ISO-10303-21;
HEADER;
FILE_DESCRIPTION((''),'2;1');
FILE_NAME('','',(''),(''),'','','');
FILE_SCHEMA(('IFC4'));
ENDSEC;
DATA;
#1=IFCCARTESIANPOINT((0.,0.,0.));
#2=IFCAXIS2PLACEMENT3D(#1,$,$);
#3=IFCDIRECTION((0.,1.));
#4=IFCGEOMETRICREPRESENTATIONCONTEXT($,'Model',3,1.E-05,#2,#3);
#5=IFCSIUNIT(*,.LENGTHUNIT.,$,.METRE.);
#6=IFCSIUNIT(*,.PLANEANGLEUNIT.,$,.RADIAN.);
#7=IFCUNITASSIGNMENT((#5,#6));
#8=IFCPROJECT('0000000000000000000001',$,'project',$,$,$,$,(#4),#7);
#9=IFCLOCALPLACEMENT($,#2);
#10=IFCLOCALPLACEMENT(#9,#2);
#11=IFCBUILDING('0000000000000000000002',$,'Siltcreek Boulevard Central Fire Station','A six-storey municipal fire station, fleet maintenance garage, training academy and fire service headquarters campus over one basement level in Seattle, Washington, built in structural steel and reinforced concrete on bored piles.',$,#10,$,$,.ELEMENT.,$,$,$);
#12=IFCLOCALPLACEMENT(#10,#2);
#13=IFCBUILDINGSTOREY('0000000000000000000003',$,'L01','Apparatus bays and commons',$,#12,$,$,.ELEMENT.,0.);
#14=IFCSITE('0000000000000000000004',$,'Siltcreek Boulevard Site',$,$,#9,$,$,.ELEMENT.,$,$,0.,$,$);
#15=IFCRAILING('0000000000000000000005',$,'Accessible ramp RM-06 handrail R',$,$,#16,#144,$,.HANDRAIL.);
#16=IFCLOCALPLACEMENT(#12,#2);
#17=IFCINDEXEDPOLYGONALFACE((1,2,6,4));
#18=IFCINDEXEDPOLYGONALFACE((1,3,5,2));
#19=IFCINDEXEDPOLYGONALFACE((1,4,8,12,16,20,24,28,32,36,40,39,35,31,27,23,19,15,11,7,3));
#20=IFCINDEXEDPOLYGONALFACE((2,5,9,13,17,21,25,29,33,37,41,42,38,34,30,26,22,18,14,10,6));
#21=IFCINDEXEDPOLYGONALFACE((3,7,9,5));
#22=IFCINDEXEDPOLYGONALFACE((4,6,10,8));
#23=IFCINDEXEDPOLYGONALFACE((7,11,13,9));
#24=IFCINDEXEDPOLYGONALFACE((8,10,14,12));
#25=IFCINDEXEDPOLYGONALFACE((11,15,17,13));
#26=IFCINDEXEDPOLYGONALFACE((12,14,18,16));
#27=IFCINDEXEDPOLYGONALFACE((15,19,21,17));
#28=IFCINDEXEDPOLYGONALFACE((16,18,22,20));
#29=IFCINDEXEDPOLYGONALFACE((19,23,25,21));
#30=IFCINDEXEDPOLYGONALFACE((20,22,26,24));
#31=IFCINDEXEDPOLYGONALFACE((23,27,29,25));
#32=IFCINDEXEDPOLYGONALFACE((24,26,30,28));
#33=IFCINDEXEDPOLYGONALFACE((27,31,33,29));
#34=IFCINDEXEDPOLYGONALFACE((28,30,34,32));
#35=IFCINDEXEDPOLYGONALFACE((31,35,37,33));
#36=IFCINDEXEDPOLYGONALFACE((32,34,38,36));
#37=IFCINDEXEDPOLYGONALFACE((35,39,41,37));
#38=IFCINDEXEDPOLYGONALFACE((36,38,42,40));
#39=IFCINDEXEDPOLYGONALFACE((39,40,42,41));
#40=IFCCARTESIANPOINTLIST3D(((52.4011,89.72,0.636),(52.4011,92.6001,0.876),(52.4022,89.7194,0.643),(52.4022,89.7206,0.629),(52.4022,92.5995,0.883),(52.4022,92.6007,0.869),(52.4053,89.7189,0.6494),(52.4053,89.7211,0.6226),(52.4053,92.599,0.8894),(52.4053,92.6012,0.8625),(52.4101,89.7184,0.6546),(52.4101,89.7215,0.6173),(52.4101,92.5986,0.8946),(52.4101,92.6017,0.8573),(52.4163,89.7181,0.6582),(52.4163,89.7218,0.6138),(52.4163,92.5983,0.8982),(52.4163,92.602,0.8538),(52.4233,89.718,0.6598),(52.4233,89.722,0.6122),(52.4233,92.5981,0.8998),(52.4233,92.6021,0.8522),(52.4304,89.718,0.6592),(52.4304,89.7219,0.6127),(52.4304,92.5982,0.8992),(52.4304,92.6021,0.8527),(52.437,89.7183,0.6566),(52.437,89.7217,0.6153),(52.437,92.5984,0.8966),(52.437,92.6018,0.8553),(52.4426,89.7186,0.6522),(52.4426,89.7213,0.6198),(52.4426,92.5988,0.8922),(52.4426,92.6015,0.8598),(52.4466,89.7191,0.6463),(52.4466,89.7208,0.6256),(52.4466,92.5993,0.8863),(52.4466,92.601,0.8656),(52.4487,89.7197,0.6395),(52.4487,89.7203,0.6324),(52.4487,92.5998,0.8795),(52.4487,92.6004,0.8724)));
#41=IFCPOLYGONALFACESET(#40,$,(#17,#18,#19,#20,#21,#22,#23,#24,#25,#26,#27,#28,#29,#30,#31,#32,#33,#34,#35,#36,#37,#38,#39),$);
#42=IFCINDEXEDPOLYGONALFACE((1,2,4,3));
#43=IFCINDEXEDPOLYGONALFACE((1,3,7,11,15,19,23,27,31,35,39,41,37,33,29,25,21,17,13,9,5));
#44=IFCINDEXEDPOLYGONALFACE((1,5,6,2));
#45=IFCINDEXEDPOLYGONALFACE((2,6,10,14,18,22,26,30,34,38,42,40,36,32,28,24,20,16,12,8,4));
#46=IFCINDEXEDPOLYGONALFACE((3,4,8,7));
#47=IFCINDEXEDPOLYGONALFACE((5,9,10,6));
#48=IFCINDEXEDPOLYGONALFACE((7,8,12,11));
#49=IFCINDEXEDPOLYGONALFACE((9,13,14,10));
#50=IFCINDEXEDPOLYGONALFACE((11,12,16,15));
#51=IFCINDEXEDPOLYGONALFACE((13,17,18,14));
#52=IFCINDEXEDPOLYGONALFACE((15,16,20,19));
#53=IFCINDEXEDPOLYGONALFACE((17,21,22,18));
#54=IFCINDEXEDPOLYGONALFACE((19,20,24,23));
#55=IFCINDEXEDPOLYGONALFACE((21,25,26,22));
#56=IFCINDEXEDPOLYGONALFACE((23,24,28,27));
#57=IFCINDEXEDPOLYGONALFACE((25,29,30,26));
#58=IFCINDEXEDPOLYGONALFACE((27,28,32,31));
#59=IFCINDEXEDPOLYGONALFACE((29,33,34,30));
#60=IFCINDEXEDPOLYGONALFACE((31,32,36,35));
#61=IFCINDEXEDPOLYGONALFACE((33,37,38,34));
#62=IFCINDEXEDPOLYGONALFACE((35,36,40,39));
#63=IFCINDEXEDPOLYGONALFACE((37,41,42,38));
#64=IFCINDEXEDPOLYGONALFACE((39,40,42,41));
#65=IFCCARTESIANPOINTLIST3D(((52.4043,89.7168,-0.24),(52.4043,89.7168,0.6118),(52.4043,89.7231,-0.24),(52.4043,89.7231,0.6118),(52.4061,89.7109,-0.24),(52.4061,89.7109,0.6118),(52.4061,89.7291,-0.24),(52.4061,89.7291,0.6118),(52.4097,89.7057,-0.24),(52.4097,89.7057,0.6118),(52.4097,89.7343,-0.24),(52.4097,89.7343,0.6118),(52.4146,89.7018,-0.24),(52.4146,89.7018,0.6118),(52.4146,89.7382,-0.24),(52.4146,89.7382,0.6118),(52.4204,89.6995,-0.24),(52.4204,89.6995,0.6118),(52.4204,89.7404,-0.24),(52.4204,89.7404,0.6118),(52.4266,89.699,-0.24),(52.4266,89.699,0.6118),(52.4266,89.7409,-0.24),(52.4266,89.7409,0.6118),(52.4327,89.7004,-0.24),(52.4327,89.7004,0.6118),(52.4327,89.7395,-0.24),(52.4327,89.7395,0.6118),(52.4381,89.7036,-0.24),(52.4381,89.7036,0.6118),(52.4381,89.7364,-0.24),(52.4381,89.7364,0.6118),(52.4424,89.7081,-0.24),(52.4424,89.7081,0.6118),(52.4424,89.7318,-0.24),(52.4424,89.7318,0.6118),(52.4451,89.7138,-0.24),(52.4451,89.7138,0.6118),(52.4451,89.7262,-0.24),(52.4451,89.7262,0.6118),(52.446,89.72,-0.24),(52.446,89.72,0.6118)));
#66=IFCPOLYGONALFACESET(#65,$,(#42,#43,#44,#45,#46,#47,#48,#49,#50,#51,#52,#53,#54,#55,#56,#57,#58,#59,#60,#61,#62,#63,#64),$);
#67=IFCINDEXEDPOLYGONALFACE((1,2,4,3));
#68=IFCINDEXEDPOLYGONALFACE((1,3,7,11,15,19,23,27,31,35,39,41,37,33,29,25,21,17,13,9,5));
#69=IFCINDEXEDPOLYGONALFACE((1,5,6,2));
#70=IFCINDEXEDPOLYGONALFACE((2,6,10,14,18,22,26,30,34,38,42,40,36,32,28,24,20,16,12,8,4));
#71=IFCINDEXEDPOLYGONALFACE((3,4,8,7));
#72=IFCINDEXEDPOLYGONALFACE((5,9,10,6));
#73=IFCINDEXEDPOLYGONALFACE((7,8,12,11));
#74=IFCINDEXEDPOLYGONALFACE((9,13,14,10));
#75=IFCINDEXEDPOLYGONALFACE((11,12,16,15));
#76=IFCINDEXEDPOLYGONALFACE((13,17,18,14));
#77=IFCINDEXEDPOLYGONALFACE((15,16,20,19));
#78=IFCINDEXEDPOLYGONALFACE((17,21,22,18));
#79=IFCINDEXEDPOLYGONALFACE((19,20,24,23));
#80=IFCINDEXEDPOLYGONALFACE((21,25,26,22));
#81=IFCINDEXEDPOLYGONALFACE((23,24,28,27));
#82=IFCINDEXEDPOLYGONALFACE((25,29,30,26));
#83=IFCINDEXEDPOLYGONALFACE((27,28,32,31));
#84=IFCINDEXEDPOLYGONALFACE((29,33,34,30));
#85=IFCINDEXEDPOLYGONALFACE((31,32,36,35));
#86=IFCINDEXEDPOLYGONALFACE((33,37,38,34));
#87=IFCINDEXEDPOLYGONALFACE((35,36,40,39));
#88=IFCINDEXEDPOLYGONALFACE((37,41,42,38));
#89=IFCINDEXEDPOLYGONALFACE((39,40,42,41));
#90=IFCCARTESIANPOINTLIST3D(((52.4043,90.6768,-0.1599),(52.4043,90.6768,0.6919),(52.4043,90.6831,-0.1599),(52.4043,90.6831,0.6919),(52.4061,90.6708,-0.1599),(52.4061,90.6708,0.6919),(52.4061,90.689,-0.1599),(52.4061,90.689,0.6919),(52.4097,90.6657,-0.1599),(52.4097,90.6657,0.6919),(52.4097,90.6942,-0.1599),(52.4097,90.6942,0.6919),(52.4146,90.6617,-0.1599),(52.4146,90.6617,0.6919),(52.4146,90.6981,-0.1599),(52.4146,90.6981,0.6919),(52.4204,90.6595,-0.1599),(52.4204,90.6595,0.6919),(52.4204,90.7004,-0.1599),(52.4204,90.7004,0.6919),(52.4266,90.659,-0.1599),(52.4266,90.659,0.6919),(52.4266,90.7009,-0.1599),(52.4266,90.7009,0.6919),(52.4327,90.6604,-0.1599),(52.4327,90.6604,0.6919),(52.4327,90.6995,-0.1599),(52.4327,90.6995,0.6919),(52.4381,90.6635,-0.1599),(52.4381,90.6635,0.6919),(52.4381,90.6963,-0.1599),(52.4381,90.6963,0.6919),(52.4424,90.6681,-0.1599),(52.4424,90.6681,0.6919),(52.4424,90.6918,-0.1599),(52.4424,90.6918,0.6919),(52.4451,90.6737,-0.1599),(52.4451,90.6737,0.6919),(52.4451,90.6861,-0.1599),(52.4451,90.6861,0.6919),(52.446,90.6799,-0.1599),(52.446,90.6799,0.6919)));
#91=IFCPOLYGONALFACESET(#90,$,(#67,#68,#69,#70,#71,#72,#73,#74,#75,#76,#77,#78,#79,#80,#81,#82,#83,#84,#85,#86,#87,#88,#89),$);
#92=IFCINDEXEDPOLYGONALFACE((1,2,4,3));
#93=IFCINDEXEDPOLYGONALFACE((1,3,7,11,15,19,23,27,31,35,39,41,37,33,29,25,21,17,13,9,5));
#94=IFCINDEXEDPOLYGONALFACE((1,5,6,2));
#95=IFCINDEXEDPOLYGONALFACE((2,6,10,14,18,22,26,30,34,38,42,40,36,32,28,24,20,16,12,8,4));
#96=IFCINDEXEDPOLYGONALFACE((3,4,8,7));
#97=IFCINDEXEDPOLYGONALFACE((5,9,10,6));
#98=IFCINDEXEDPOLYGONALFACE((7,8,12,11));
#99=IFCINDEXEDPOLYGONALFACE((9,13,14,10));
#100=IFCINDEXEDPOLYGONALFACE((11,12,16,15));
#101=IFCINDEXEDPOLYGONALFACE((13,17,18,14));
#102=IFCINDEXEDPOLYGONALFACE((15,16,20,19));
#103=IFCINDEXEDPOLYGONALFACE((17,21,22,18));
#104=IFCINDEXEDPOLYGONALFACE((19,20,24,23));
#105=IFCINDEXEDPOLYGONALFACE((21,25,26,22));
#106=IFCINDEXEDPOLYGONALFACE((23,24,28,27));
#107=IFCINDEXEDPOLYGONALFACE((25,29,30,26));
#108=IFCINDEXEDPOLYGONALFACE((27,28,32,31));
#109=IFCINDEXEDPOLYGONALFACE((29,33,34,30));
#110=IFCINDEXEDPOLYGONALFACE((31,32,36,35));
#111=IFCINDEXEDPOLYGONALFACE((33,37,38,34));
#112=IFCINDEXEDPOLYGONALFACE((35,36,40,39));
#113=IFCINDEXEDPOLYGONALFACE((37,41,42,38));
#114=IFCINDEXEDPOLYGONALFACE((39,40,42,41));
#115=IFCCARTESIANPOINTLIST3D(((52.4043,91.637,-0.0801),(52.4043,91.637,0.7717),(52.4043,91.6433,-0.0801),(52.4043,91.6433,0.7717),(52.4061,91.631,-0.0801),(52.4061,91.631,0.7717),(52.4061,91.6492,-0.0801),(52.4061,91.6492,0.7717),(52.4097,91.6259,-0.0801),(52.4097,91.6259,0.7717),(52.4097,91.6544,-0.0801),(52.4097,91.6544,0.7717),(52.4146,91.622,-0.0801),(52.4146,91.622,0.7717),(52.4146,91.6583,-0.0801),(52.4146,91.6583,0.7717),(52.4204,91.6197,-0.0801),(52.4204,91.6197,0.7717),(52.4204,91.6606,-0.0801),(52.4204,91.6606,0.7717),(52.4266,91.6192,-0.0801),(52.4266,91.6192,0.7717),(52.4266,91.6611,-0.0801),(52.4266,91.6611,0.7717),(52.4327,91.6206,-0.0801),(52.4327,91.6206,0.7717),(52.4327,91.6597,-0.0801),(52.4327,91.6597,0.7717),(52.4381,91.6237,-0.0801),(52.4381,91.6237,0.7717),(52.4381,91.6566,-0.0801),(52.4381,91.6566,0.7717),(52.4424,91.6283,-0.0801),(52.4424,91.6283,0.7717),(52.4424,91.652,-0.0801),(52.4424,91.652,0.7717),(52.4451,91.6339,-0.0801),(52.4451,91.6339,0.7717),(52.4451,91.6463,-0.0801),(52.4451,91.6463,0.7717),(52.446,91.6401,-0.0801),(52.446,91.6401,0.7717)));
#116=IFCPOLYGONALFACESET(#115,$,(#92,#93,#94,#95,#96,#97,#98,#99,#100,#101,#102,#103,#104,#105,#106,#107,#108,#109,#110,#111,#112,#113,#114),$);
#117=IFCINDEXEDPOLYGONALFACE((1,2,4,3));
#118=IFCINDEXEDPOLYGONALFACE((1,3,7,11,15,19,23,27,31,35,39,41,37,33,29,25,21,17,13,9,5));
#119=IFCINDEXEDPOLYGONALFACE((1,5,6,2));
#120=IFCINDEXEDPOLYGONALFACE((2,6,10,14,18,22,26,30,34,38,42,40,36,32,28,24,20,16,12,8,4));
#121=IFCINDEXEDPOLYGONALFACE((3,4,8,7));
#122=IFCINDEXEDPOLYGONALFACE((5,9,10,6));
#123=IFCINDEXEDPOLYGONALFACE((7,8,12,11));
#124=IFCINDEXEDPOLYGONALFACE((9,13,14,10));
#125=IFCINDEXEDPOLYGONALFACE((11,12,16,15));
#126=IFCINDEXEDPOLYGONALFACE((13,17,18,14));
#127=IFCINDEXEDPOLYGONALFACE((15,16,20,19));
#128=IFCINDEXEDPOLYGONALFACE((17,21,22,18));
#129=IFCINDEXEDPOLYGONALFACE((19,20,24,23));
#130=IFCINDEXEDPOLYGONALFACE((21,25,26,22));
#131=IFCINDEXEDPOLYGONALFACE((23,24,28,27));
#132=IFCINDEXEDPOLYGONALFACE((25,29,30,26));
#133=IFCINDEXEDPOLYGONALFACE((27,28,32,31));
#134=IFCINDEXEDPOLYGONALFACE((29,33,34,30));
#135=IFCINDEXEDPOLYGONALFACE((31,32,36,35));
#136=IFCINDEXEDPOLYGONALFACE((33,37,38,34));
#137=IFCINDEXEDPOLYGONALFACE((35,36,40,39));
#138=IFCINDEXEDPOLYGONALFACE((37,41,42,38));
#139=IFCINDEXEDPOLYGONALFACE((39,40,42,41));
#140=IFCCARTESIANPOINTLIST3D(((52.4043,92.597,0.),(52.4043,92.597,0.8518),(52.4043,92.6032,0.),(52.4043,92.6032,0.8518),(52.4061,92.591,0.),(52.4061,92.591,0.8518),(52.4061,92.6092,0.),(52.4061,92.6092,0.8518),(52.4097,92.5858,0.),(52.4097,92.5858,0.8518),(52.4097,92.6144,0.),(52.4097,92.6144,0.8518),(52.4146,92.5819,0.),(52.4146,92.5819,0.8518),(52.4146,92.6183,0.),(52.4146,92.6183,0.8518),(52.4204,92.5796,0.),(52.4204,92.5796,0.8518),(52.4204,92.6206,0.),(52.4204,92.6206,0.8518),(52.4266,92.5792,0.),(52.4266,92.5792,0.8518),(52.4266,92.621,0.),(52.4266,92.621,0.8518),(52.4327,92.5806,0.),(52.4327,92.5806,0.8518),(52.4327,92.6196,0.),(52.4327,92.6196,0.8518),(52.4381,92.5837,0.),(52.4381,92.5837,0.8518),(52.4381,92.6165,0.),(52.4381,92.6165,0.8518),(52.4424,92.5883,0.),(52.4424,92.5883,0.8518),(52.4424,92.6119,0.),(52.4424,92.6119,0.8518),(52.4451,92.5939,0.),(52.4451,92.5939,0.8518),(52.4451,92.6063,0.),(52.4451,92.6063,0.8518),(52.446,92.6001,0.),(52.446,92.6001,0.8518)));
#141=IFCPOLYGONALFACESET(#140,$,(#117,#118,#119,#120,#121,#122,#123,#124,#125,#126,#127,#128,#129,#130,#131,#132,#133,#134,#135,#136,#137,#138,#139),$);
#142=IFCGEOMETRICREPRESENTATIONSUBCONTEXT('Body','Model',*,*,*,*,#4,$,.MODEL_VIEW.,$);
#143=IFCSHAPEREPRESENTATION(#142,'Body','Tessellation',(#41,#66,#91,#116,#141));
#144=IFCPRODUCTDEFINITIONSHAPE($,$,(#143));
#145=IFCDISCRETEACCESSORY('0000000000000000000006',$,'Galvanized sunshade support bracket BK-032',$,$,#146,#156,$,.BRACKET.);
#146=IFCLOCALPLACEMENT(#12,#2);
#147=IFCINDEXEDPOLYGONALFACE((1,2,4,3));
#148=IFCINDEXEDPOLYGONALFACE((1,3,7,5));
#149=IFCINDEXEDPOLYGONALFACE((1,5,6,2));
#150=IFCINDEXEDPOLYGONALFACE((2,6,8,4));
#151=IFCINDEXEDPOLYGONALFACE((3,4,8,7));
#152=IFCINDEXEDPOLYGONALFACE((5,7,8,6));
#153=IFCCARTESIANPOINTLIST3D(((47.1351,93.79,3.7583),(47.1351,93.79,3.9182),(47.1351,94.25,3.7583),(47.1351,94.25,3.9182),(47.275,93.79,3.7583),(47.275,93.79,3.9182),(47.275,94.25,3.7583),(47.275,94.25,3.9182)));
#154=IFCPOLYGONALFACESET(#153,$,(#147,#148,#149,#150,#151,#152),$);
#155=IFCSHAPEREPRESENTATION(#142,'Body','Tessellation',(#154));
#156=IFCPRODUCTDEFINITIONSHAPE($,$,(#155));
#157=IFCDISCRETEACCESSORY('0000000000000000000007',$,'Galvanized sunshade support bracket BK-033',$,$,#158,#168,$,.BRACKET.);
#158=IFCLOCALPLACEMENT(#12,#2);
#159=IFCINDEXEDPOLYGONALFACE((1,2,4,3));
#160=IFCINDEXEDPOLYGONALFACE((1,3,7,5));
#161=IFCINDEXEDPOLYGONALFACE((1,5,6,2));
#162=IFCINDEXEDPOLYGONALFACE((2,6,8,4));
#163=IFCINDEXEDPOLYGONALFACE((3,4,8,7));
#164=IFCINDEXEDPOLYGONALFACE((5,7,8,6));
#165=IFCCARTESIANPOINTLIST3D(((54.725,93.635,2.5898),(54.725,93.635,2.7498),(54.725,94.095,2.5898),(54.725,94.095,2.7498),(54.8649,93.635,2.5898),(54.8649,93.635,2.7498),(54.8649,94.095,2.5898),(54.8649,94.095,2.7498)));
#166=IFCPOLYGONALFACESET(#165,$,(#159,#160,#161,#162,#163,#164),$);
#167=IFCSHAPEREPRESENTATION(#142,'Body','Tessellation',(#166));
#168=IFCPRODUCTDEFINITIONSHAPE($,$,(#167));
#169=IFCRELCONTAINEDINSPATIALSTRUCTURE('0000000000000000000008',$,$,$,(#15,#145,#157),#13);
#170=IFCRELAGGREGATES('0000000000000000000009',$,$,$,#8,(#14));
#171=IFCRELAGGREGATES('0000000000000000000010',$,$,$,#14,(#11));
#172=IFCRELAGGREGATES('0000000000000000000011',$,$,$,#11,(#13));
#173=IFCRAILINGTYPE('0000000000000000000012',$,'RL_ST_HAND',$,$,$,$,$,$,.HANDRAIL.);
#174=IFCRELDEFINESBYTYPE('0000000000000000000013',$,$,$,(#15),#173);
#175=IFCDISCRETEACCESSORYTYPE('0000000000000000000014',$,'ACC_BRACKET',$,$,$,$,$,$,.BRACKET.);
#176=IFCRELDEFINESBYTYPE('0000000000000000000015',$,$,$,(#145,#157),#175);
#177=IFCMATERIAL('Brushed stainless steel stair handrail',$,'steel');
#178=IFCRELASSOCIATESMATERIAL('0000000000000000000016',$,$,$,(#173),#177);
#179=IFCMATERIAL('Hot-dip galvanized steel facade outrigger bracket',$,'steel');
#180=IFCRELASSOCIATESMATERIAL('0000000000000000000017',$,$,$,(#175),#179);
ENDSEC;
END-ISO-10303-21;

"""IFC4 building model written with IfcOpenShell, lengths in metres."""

from ifc_helpers import new_model, si_unit, direction, frame, origin, origin_2d, place, context, subcontext, project, spatial, rectangle, circle, extrude, material, type_object, element, save


model = new_model("IFC4")

# Units and contexts
model_context = context("Model", 3, precision=1e-05, world=origin(), true_north=direction((0.0, 1.0)))
body_context = subcontext(model_context, "Body", "Model", "MODEL_VIEW")
ifc_project = project(units=[si_unit("LENGTHUNIT", "METRE"), si_unit("PLANEANGLEUNIT", "RADIAN")], contexts=[model_context])

# Site, building, storey
site_placement = place(None, origin())
site = spatial("IfcSite", under=ifc_project, at=site_placement, Name="Siltcreek Boulevard Site", CompositionType="ELEMENT", RefElevation=0.0)
building_placement = place(site_placement, origin())
building = spatial("IfcBuilding", under=site, at=building_placement, Name="Siltcreek Boulevard Central Fire Station", Description="A six-storey municipal fire station, fleet maintenance garage, training academy and fire service headquarters campus over one basement level in Seattle, Washington, built in structural steel and reinforced concrete on bored piles.", CompositionType="ELEMENT")
storey_placement = place(building_placement, origin())
storey = spatial("IfcBuildingStorey", under=building, at=storey_placement, Name="L01", Description="Apparatus bays and commons", CompositionType="ELEMENT", Elevation=0.0)

# Railing
ifc_material_1 = material(Name="Brushed stainless steel stair handrail", Category="steel")
railing_type = type_object("IfcRailingType", Name="RL_ST_HAND", PredefinedType="HANDRAIL", material=ifc_material_1)
for number, where, name in (
    (1, (52.425, 89.72, -0.24), "Accessible ramp RM-06 handrail R"),
):
    element("IfcRailing", number, at=place(storey_placement, frame(where)), inside=storey, type_object=railing_type, Name=name, PredefinedType="HANDRAIL", context=body_context, shape_type="SweptSolid", body=[
        extrude(circle(Radius=0.0239, at=origin_2d()), frame((0.0, 0.0, 0.876), z_axis=(0.0, 0.996546, 0.083038), x_axis=(-1.0, 0.0, 0.0)), (0.0, 0.0, 1.0), 2.8901),
        extrude(circle(Radius=0.021, at=origin_2d()), origin(), (0.0, 0.0, 1.0), 0.8518),
        extrude(circle(Radius=0.021, at=origin_2d()), frame((0.0, 0.96, 0.0801)), (0.0, 0.0, 1.0), 0.8518),
        extrude(circle(Radius=0.021, at=origin_2d()), frame((0.0, 1.9202, 0.1599)), (0.0, 0.0, 1.0), 0.8518),
        extrude(circle(Radius=0.021, at=origin_2d()), frame((0.0, 2.8801, 0.24)), (0.0, 0.0, 1.0), 0.8518),
    ])

# Discrete accessories
ifc_material_2 = material(Name="Hot-dip galvanized steel facade outrigger bracket", Category="steel")
discrete_accessory_type = type_object("IfcDiscreteAccessoryType", Name="ACC_BRACKET", PredefinedType="BRACKET", material=ifc_material_2)
for number, where, z_axis, x_axis, name in (
    (2, (47.2051, 94.02, 3.7583), (0.0, 0.0, 1.0), (1.0, 0.0, 0.0), "Galvanized sunshade support bracket BK-032"),
    (3, (54.7949, 93.865, 2.5898), (0.0, 0.0, 1.0), (1.0, 0.0, 0.0), "Galvanized sunshade support bracket BK-033"),
):
    element("IfcDiscreteAccessory", number, at=place(storey_placement, frame(where, z_axis=z_axis, x_axis=x_axis)), inside=storey, type_object=discrete_accessory_type, Name=name, PredefinedType="BRACKET", context=body_context, shape_type="SweptSolid", body=[
        extrude(rectangle(XDim=0.1399, YDim=0.46, at=origin_2d()), origin(), (0.0, 0.0, 1.0), 0.1599),
    ])

save(model, "model.ifc")
